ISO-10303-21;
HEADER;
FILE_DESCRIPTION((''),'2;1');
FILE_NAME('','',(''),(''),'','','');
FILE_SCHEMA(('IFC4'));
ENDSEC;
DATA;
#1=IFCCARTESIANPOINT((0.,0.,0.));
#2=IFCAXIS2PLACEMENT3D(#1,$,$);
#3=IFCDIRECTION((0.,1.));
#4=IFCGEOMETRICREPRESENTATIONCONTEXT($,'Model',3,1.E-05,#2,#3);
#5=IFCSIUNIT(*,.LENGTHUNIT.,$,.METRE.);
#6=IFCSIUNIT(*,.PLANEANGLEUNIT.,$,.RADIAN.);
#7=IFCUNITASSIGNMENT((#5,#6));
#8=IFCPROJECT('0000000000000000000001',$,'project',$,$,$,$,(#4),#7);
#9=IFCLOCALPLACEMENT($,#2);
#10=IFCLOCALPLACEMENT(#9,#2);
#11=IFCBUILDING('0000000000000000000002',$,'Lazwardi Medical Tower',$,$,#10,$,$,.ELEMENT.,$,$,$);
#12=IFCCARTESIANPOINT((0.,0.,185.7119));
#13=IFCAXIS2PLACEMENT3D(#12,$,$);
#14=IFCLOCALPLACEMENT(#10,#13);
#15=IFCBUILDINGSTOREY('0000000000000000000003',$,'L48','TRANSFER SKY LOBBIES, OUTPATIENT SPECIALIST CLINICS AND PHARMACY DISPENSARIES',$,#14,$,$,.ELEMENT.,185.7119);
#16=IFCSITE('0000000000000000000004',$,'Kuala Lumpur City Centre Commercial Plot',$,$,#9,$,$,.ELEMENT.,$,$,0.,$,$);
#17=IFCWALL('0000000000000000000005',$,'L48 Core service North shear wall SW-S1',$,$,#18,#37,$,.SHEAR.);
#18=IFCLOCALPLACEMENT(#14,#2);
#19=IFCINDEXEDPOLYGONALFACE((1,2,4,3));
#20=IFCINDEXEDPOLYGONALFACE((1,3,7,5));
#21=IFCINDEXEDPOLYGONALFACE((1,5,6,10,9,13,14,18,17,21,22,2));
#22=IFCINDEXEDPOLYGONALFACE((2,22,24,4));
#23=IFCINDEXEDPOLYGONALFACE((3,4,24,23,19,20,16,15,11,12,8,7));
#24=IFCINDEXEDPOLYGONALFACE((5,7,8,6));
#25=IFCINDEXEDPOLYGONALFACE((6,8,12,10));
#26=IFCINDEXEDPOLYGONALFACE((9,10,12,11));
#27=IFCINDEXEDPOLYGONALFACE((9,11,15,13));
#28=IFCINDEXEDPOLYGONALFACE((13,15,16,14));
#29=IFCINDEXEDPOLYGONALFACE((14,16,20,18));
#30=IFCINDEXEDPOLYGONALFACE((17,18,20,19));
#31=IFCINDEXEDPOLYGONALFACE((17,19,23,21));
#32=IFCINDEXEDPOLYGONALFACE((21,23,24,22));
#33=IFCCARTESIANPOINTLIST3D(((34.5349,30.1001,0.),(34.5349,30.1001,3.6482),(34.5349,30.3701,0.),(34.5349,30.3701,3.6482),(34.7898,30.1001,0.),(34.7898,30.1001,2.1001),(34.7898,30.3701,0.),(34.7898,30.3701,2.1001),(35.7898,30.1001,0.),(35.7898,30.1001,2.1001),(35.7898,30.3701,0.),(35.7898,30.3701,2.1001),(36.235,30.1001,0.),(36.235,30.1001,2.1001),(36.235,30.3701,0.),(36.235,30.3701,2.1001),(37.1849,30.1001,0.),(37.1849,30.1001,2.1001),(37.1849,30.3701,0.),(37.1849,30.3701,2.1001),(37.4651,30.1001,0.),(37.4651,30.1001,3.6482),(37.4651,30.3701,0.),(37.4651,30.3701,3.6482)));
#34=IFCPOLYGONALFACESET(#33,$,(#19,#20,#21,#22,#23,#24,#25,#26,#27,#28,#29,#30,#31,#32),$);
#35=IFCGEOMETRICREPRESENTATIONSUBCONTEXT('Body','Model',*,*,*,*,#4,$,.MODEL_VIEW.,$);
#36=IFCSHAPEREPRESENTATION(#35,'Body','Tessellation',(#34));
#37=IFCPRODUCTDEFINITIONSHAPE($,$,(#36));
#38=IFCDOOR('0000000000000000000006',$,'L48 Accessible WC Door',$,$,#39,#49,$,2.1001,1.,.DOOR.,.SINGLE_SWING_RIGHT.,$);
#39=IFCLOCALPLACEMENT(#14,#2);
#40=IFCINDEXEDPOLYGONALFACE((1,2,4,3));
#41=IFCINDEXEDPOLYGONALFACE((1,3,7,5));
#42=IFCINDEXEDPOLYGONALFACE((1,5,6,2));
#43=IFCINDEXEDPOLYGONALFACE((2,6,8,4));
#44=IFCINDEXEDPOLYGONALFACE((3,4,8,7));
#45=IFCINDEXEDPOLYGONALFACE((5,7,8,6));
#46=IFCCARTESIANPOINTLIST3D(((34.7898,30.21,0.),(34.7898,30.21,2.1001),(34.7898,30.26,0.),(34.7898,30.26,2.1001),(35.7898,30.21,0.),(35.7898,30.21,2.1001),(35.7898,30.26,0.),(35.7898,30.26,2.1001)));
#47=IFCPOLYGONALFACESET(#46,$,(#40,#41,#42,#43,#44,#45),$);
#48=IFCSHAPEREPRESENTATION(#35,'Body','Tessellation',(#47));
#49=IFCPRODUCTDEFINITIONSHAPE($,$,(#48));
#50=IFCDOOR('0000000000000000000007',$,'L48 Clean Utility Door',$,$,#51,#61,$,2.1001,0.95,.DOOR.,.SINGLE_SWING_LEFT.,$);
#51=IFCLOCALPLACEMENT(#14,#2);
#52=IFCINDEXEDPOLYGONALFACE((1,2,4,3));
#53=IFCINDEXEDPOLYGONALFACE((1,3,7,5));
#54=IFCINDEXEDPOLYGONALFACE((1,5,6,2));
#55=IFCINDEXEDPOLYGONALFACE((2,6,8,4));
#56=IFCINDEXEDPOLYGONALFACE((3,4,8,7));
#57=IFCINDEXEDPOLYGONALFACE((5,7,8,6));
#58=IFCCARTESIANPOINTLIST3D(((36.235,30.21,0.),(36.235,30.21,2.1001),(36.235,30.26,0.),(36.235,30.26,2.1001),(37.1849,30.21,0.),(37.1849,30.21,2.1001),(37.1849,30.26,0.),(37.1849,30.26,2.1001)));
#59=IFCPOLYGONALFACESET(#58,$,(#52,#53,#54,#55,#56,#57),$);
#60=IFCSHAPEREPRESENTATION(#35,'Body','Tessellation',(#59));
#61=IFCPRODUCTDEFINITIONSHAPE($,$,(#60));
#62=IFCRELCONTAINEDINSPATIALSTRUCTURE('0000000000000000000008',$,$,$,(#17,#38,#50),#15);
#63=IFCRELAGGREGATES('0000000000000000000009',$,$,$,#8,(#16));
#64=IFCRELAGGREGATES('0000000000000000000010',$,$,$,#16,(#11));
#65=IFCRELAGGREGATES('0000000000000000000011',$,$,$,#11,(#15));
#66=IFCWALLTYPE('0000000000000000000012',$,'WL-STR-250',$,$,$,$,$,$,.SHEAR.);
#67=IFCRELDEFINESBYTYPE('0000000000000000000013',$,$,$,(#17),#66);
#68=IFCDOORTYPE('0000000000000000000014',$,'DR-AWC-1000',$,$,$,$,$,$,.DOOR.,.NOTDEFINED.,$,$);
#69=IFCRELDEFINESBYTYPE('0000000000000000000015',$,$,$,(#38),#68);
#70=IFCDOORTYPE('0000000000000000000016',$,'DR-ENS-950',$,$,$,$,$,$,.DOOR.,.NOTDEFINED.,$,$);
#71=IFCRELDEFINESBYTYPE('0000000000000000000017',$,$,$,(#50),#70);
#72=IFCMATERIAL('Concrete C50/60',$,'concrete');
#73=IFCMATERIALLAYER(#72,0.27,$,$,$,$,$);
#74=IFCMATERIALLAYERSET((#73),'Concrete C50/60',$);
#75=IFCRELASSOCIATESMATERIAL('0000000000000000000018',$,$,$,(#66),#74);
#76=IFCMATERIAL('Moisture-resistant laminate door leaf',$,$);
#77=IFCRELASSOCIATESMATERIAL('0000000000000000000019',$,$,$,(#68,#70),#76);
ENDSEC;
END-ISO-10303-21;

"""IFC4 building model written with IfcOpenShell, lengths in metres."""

from ifc_helpers import new_model, si_unit, direction, frame, frame_2d, origin, place, context, subcontext, project, spatial, rectangle, extrude, material, layer, layer_set, type_object, element, fill, save


model = new_model("IFC4")

# Units and contexts
model_context = context("Model", 3, precision=1e-05, world=origin(), true_north=direction((0.0, 1.0)))
body_context = subcontext(model_context, "Body", "Model", "MODEL_VIEW")
ifc_project = project(units=[si_unit("LENGTHUNIT", "METRE"), si_unit("PLANEANGLEUNIT", "RADIAN")], contexts=[model_context])

# Site, building, storey
site_placement = place(None, origin())
site = spatial("IfcSite", under=ifc_project, at=site_placement, Name="Kuala Lumpur City Centre Commercial Plot", CompositionType="ELEMENT", RefElevation=0.0)
building_placement = place(site_placement, origin())
building = spatial("IfcBuilding", under=site, at=building_placement, Name="Lazwardi Medical Tower", CompositionType="ELEMENT")
storey_placement = place(building_placement, frame((0.0, 0.0, 185.7119)))
storey = spatial("IfcBuildingStorey", under=building, at=storey_placement, Name="L48", Description="TRANSFER SKY LOBBIES, OUTPATIENT SPECIALIST CLINICS AND PHARMACY DISPENSARIES", CompositionType="ELEMENT", Elevation=185.7119)

# Shared definitions
ifc_material_1 = material(Name="Concrete C50/60", Category="concrete")
ifc_layer_1 = layer(ifc_material_1, 0.27)
ifc_layer_set_1 = layer_set([ifc_layer_1], Name="Concrete C50/60")
wall_type_1 = type_object("IfcWallType", Name="WL-STR-250", PredefinedType="SHEAR", material=ifc_layer_set_1)

# Wall, openings, doors
wall_1_placement = place(storey_placement, frame((34.5349, 30.2351, 0.0), z_axis=(0.0, 0.0, 1.0), x_axis=(1.0, 0.0, 0.0)))
wall_1 = element("IfcWall", 1, at=wall_1_placement, inside=storey, type_object=wall_type_1, Name="L48 Core service North shear wall SW-S1", PredefinedType="SHEAR", context=body_context, shape_type="SweptSolid", body=[
    extrude(rectangle(XDim=2.9302, YDim=0.27, at=frame_2d((1.4651, 0.0))), origin(), (0.0, 0.0, 1.0), 3.6482),
])
opening_1_placement = place(wall_1_placement, frame((0.2549, 0.0, 0.0)))
opening_1 = element("IfcOpeningElement", 2, at=opening_1_placement, cuts=wall_1, PredefinedType="OPENING", context=body_context, shape_type="SweptSolid", body=[
    extrude(rectangle(XDim=1.0, YDim=2.1001, at=frame_2d((0.5, 1.05))), frame((0.0, 0.145, 0.0), z_axis=(0.0, -1.0, 0.0), x_axis=(1.0, 0.0, 0.0)), (0.0, 0.0, 1.0), 0.29),
])
opening_2_placement = place(wall_1_placement, frame((1.7, 0.0, 0.0)))
opening_2 = element("IfcOpeningElement", 3, at=opening_2_placement, cuts=wall_1, PredefinedType="OPENING", context=body_context, shape_type="SweptSolid", body=[
    extrude(rectangle(XDim=0.95, YDim=2.1001, at=frame_2d((0.4751, 1.05))), frame((0.0, 0.145, 0.0), z_axis=(0.0, -1.0, 0.0), x_axis=(1.0, 0.0, 0.0)), (0.0, 0.0, 1.0), 0.29),
])
ifc_material_2 = material(Name="Moisture-resistant laminate door leaf")
door_type_1 = type_object("IfcDoorType", Name="DR-AWC-1000", OperationType="NOTDEFINED", PredefinedType="DOOR", material=ifc_material_2)
door_1_placement = place(opening_1_placement, origin())
door_1 = element("IfcDoor", 4, at=door_1_placement, inside=storey, type_object=door_type_1, Name="L48 Accessible WC Door", OperationType="SINGLE_SWING_RIGHT", OverallHeight=2.1001, OverallWidth=1.0, PredefinedType="DOOR", context=body_context, shape_type="SweptSolid", body=[
    extrude(rectangle(XDim=1.0, YDim=2.1001, at=frame_2d((0.5, 1.05))), frame((0.0, 0.0249, 0.0), z_axis=(0.0, -1.0, 0.0), x_axis=(1.0, 0.0, 0.0)), (0.0, 0.0, 1.0), 0.05),
])
fill(opening_1, door_1)
door_type_2 = type_object("IfcDoorType", Name="DR-ENS-950", OperationType="NOTDEFINED", PredefinedType="DOOR", material=ifc_material_2)
door_2_placement = place(opening_2_placement, origin())
door_2 = element("IfcDoor", 5, at=door_2_placement, inside=storey, type_object=door_type_2, Name="L48 Clean Utility Door", OperationType="SINGLE_SWING_LEFT", OverallHeight=2.1001, OverallWidth=0.95, PredefinedType="DOOR", context=body_context, shape_type="SweptSolid", body=[
    extrude(rectangle(XDim=0.95, YDim=2.1001, at=frame_2d((0.4751, 1.05))), frame((0.0, 0.0249, 0.0), z_axis=(0.0, -1.0, 0.0), x_axis=(1.0, 0.0, 0.0)), (0.0, 0.0, 1.0), 0.05),
])
fill(opening_2, door_2)

save(model, "model.ifc")
